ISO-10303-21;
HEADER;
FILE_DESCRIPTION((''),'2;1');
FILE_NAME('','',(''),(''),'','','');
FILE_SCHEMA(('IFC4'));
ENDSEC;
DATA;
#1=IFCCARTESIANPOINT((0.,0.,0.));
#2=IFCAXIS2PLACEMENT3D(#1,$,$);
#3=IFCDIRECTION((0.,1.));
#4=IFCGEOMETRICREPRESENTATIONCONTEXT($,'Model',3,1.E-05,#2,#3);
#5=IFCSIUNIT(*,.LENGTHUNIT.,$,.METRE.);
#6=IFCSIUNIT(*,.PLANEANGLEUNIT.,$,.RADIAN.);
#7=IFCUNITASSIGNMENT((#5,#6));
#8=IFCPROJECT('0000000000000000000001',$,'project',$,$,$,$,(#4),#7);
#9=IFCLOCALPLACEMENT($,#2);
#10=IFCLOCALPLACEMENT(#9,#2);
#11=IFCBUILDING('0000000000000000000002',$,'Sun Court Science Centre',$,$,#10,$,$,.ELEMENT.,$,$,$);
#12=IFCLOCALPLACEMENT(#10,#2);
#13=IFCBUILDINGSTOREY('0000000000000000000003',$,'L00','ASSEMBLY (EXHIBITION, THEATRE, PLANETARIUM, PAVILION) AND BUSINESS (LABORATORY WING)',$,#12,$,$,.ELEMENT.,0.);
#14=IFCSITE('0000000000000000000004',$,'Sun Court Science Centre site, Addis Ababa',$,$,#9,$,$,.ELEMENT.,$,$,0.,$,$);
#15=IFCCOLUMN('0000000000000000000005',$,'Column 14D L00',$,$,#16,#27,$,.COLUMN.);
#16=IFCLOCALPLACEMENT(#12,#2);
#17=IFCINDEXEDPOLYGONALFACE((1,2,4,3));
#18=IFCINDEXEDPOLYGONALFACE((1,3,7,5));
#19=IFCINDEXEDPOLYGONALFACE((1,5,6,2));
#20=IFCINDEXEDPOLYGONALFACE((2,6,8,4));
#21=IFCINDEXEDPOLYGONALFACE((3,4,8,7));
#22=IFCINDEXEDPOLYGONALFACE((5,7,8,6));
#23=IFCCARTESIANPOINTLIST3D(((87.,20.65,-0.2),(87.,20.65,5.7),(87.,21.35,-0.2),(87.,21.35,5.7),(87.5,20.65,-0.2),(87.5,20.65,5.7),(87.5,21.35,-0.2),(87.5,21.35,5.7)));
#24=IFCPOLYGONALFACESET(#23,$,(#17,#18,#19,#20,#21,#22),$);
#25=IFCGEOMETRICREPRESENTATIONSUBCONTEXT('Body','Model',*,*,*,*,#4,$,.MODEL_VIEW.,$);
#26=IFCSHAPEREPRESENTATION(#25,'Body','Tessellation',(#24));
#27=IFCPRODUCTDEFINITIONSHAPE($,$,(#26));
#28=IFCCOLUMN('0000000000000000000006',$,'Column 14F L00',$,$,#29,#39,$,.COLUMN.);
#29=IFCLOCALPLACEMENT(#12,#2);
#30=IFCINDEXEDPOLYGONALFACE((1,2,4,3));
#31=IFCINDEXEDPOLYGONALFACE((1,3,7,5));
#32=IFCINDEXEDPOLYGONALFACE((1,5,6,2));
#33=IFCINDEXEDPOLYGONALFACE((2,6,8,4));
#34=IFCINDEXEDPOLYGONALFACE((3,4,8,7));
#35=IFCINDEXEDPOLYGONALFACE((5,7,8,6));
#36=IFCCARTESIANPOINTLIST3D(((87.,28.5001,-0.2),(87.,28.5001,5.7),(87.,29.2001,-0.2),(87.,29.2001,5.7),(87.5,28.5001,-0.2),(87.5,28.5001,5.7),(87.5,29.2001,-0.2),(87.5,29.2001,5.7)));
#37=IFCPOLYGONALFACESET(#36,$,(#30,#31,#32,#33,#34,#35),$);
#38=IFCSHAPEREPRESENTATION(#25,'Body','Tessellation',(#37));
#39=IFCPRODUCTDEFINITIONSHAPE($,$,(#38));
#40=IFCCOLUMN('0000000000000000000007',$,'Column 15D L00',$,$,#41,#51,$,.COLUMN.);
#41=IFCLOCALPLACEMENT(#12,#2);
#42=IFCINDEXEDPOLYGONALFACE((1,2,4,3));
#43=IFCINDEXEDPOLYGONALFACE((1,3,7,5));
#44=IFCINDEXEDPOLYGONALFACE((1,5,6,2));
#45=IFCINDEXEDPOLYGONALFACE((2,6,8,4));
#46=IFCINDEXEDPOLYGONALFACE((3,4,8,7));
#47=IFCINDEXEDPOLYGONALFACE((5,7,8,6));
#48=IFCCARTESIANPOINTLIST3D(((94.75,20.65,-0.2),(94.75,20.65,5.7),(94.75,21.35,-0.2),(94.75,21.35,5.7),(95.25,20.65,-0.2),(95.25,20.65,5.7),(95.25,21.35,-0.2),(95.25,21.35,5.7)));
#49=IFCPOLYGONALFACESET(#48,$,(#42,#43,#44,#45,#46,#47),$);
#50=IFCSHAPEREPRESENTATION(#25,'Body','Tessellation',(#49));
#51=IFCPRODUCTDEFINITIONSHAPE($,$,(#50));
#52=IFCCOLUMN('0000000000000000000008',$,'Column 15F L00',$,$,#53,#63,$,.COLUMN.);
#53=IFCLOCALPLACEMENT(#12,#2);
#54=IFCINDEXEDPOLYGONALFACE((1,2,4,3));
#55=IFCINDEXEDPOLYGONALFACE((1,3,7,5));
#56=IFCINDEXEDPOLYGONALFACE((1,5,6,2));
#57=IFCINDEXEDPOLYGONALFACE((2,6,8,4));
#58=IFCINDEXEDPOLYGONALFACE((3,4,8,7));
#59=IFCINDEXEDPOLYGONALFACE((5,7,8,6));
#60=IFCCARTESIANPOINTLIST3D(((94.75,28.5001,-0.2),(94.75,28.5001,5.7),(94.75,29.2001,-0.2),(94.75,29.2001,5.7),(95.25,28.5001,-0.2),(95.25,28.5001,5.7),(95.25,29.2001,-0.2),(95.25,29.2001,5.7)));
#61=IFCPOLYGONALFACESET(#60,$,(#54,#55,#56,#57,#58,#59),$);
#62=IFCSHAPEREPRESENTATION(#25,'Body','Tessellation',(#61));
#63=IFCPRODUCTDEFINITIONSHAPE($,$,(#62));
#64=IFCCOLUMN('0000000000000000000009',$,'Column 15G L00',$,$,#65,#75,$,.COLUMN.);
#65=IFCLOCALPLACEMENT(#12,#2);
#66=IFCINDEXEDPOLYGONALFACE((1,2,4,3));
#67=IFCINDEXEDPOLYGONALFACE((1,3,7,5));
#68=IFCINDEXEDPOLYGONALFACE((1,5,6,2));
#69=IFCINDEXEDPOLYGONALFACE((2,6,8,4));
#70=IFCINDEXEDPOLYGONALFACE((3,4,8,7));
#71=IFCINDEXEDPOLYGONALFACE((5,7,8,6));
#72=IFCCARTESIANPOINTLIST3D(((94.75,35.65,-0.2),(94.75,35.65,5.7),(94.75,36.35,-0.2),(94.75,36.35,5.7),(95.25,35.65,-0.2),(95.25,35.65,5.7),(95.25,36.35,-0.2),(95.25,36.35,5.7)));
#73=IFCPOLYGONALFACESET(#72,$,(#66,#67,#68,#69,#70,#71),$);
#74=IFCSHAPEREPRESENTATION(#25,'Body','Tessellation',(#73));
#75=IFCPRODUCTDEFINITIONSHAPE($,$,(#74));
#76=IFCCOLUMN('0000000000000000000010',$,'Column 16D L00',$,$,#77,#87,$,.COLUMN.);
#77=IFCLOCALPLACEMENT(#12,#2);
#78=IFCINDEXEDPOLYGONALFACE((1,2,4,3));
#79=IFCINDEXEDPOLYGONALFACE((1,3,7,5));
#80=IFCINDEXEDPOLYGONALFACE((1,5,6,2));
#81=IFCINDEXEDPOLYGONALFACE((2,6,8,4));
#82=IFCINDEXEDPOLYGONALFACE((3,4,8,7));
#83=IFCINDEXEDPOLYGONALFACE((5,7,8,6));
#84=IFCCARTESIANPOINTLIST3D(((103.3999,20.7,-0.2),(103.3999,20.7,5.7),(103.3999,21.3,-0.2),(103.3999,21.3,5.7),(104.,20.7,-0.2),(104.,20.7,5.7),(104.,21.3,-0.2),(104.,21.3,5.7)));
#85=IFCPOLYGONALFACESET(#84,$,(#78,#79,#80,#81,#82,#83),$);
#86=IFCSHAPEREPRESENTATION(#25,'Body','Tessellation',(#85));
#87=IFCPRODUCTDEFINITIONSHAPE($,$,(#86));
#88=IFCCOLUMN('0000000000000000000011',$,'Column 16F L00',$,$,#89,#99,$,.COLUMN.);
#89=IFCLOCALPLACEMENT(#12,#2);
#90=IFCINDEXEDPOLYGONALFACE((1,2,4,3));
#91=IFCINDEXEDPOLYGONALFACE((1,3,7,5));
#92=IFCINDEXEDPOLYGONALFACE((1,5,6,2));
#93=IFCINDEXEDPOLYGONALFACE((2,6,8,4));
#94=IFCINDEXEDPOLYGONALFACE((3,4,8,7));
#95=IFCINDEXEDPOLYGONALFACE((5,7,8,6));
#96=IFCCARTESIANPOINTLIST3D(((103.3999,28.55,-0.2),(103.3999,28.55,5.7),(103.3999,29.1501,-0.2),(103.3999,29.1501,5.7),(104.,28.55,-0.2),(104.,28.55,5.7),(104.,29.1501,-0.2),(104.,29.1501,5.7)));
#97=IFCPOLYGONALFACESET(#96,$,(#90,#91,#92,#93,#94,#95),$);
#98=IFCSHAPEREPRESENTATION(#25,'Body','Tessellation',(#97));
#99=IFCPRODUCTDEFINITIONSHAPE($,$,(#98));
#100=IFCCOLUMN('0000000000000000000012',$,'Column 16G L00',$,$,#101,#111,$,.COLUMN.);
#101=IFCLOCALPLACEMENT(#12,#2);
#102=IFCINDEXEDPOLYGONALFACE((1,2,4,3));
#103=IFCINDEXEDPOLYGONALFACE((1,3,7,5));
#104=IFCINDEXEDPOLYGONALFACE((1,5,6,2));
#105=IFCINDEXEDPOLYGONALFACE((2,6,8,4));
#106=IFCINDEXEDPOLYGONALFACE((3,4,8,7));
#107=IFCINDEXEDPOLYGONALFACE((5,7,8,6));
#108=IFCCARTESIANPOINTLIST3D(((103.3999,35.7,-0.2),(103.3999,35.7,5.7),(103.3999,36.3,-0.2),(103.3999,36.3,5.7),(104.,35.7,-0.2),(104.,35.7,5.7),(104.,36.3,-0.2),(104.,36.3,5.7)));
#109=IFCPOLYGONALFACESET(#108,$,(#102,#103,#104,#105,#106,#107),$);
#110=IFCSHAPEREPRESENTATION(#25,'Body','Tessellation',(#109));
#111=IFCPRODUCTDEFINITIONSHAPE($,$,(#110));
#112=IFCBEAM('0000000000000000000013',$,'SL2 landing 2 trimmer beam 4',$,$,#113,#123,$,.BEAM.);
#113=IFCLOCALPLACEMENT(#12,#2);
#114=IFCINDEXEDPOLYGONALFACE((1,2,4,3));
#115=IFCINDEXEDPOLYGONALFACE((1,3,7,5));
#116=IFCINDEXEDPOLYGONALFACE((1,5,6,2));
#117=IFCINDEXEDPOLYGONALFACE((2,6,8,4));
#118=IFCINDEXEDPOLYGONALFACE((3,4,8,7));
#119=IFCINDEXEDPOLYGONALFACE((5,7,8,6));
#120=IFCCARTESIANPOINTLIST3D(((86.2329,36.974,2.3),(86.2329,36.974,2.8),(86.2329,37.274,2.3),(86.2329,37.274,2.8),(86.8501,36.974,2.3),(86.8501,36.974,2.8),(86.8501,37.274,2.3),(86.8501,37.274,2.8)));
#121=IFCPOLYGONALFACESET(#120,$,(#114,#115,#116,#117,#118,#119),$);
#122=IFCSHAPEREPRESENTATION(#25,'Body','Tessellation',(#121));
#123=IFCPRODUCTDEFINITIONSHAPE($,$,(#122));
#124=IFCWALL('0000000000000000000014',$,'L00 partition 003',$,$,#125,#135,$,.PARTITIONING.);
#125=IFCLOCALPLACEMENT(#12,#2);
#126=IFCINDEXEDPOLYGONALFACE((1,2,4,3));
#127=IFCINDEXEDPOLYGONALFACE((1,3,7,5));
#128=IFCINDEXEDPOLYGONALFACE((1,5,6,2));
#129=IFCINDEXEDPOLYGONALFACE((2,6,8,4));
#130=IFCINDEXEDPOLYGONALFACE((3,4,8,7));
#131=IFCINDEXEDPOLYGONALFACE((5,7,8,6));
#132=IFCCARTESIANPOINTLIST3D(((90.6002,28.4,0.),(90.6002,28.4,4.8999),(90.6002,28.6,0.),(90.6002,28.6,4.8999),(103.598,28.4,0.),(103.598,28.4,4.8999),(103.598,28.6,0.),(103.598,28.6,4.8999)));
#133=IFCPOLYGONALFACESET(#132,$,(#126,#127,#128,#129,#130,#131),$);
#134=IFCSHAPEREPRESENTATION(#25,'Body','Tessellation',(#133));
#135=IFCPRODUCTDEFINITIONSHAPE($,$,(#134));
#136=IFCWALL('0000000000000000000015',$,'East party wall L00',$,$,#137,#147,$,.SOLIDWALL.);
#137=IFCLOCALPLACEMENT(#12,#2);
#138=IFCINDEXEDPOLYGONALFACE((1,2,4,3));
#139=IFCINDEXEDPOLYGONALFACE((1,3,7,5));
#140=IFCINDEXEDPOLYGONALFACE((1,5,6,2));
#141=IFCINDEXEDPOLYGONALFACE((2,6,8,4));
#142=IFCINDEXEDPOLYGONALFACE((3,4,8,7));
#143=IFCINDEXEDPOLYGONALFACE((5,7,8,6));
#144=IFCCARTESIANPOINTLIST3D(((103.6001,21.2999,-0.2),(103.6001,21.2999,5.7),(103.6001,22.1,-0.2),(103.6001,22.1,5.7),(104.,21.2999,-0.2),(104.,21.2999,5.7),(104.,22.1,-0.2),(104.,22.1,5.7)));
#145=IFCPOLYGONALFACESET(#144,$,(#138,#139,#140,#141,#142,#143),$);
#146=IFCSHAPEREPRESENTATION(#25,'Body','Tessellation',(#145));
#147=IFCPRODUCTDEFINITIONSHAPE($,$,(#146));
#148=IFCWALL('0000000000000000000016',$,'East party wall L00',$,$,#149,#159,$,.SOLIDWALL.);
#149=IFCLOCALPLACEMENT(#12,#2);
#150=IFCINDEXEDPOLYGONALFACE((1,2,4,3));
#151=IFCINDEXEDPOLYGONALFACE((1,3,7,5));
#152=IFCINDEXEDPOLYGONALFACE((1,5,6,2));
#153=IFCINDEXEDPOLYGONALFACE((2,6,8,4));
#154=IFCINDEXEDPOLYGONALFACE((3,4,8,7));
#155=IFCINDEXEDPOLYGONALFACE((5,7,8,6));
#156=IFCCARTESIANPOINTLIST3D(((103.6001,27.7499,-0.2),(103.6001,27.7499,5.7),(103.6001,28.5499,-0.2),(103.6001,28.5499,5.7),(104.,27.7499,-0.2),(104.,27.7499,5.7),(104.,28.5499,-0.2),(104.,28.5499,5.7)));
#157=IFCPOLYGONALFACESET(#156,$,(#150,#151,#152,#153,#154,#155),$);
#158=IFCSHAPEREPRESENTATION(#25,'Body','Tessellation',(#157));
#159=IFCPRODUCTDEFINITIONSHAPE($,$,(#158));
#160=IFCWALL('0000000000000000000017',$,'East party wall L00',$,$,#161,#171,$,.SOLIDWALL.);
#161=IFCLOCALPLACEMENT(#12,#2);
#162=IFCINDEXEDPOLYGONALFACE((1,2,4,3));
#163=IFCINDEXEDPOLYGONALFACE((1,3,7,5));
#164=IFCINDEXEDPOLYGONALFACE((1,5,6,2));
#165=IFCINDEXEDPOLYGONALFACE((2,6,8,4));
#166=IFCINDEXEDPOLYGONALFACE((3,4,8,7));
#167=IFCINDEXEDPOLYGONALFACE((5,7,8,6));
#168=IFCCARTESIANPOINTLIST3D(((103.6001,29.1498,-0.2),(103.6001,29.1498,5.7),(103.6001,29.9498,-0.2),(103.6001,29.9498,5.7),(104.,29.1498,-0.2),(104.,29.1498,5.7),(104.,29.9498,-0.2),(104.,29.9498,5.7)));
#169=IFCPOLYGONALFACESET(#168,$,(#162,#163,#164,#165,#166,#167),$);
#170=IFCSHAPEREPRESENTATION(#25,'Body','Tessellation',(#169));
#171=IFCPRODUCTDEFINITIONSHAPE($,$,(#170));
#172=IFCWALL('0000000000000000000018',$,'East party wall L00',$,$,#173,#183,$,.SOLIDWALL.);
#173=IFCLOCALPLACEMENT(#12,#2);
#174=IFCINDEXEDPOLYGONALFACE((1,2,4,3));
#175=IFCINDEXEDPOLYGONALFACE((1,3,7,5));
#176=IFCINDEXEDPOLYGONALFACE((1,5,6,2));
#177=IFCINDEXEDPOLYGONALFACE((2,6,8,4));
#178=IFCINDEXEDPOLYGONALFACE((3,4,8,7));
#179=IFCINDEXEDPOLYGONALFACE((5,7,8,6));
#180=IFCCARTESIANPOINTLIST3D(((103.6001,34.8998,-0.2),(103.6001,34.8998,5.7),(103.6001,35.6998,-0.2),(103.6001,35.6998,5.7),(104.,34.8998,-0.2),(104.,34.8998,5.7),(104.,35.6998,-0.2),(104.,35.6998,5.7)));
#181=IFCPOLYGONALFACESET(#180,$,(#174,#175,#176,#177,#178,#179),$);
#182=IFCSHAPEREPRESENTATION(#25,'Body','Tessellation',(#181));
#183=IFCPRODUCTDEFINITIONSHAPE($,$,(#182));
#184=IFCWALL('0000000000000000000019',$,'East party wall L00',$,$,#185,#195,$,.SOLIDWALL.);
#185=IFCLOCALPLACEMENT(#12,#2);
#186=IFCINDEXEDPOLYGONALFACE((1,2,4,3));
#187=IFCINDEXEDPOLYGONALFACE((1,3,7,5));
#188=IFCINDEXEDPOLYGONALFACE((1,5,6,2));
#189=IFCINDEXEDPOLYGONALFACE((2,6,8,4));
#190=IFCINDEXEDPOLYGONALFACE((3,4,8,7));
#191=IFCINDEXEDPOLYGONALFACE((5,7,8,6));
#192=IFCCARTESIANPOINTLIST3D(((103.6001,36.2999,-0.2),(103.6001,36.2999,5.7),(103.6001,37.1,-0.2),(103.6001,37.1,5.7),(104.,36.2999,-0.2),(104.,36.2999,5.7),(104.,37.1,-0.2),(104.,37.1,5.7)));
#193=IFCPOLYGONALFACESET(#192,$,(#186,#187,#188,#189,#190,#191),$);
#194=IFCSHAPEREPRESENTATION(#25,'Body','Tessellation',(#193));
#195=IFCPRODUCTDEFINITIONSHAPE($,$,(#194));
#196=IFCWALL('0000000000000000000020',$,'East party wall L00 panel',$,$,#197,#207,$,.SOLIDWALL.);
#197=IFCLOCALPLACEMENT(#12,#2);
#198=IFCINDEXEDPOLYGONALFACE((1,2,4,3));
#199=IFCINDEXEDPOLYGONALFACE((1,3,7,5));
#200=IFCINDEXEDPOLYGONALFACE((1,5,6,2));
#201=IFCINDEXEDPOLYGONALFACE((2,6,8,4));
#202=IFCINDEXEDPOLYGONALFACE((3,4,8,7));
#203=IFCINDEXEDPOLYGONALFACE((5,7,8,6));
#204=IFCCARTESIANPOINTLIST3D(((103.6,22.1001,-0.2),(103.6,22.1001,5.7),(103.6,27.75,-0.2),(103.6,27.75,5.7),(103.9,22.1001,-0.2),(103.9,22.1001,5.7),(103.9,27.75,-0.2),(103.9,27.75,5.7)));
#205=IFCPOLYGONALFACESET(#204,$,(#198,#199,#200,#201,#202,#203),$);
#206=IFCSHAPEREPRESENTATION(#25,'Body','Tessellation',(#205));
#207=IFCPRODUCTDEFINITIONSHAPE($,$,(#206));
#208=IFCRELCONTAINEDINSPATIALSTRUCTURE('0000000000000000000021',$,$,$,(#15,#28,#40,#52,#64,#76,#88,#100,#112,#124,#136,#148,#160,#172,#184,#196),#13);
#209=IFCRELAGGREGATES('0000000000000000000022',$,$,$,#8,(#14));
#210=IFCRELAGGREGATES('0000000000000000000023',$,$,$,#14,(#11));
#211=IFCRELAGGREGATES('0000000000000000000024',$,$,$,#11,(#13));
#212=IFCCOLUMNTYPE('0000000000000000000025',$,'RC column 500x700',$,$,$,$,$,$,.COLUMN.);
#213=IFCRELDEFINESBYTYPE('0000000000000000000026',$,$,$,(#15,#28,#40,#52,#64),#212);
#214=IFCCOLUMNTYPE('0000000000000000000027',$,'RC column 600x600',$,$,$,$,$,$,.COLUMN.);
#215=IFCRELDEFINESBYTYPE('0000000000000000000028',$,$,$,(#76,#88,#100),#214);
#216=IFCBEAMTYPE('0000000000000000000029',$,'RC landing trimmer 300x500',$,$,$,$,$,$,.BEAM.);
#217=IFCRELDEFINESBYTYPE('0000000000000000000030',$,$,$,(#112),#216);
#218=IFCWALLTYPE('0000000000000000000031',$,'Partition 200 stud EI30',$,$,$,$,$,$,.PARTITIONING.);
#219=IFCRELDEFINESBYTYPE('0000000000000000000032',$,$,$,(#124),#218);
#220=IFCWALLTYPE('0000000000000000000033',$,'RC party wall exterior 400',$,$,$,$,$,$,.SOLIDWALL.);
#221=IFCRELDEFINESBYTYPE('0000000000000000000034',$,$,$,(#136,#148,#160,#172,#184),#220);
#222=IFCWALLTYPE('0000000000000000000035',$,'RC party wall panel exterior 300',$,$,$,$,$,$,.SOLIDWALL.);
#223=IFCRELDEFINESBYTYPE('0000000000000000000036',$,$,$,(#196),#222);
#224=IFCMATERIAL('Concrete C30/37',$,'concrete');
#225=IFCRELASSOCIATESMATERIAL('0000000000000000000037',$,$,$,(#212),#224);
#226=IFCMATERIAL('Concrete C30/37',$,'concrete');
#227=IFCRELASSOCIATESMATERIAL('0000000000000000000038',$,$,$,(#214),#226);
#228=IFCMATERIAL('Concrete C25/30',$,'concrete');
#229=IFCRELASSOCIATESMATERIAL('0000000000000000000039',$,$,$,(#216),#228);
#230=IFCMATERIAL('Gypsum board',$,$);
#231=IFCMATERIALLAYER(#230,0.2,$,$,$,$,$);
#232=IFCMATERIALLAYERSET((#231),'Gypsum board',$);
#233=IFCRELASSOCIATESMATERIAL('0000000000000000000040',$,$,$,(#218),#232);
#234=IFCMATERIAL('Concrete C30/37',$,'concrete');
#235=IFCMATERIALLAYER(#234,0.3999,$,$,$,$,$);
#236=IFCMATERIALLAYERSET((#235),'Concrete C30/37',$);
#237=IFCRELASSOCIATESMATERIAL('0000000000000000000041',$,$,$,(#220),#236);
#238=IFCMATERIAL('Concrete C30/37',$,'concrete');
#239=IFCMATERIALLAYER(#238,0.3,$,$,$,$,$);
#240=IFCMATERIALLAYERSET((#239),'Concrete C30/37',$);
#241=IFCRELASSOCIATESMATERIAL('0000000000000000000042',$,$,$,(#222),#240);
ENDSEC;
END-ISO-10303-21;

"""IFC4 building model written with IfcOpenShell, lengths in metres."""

from ifc_helpers import new_model, si_unit, direction, frame, frame_2d, origin, origin_2d, place, context, subcontext, project, spatial, rectangle, extrude, material, layer, layer_set, material_profile, profile_set, type_object, element, save


model = new_model("IFC4")

# Units and contexts
model_context = context("Model", 3, precision=1e-05, world=origin(), true_north=direction((0.0, 1.0)))
body_context = subcontext(model_context, "Body", "Model", "MODEL_VIEW")
ifc_project = project(units=[si_unit("LENGTHUNIT", "METRE"), si_unit("PLANEANGLEUNIT", "RADIAN")], contexts=[model_context])

# Site, building, storey
site_placement = place(None, origin())
site = spatial("IfcSite", under=ifc_project, at=site_placement, Name="Sun Court Science Centre site, Addis Ababa", CompositionType="ELEMENT", RefElevation=0.0)
building_placement = place(site_placement, origin())
building = spatial("IfcBuilding", under=site, at=building_placement, Name="Sun Court Science Centre", CompositionType="ELEMENT")
storey_placement = place(building_placement, origin())
storey = spatial("IfcBuildingStorey", under=building, at=storey_placement, Name="L00", Description="ASSEMBLY (EXHIBITION, THEATRE, PLANETARIUM, PAVILION) AND BUSINESS (LABORATORY WING)", CompositionType="ELEMENT", Elevation=0.0)

# Columns
ifc_material_1 = material(Name="Concrete C30/37", Category="concrete")
ifc_material_profile_1 = material_profile(ifc_material_1, rectangle(XDim=0.5, YDim=0.7, at=origin_2d()), Name="RC 500x700")
ifc_profile_set_1 = profile_set([ifc_material_profile_1], Name="Concrete C30/37")
column_type_1 = type_object("IfcColumnType", Name="RC column 500x700", PredefinedType="COLUMN", material=ifc_profile_set_1)
for number, where, z_axis, x_axis, name in (
    (1, (87.25, 21.0, -0.2), (0.0, 0.0, 1.0), (1.0, 0.0, 0.0), "Column 14D L00"),
    (2, (87.25, 28.8501, -0.2), (0.0, 0.0, 1.0), (1.0, 0.0, 0.0), "Column 14F L00"),
    (3, (95.0, 21.0, -0.2), (0.0, 0.0, 1.0), (1.0, 0.0, 0.0), "Column 15D L00"),
    (4, (95.0, 28.8501, -0.2), (0.0, 0.0, 1.0), (1.0, 0.0, 0.0), "Column 15F L00"),
    (5, (95.0, 36.0, -0.2), (0.0, 0.0, 1.0), (1.0, 0.0, 0.0), "Column 15G L00"),
):
    element("IfcColumn", number, at=place(storey_placement, frame(where, z_axis=z_axis, x_axis=x_axis)), inside=storey, type_object=column_type_1, Name=name, PredefinedType="COLUMN", context=body_context, shape_type="SweptSolid", body=[
        extrude(rectangle(XDim=0.5, YDim=0.7, at=origin_2d()), origin(), (0.0, 0.0, 1.0), 5.8999),
    ])
ifc_material_2 = material(Name="Concrete C30/37", Category="concrete")
ifc_material_profile_2 = material_profile(ifc_material_2, rectangle(XDim=0.6001, YDim=0.6001, at=origin_2d()), Name="RC 600x600")
ifc_profile_set_2 = profile_set([ifc_material_profile_2], Name="Concrete C30/37")
column_type_2 = type_object("IfcColumnType", Name="RC column 600x600", PredefinedType="COLUMN", material=ifc_profile_set_2)
for number, where, z_axis, x_axis, name in (
    (6, (103.7, 21.0, -0.2), (0.0, 0.0, 1.0), (1.0, 0.0, 0.0), "Column 16D L00"),
    (7, (103.7, 28.8501, -0.2), (0.0, 0.0, 1.0), (1.0, 0.0, 0.0), "Column 16F L00"),
    (8, (103.7, 36.0, -0.2), (0.0, 0.0, 1.0), (1.0, 0.0, 0.0), "Column 16G L00"),
):
    element("IfcColumn", number, at=place(storey_placement, frame(where, z_axis=z_axis, x_axis=x_axis)), inside=storey, type_object=column_type_2, Name=name, PredefinedType="COLUMN", context=body_context, shape_type="SweptSolid", body=[
        extrude(rectangle(XDim=0.6001, YDim=0.6001, at=origin_2d()), origin(), (0.0, 0.0, 1.0), 5.8999),
    ])

# Beam
ifc_material_3 = material(Name="Concrete C25/30", Category="concrete")
ifc_material_profile_3 = material_profile(ifc_material_3, rectangle(XDim=0.3, YDim=0.5, at=origin_2d()), Name="RC 300x500")
ifc_profile_set_3 = profile_set([ifc_material_profile_3], Name="Concrete C25/30")
beam_type = type_object("IfcBeamType", Name="RC landing trimmer 300x500", PredefinedType="BEAM", material=ifc_profile_set_3)
beam_placement = place(storey_placement, frame((86.8501, 37.124, 2.55), z_axis=(-1.0, 0.0, 0.0), x_axis=(0.0, -1.0, 0.0)))
element("IfcBeam", 9, at=beam_placement, inside=storey, type_object=beam_type, Name="SL2 landing 2 trimmer beam 4", PredefinedType="BEAM", context=body_context, shape_type="SweptSolid", body=[
    extrude(rectangle(XDim=0.3, YDim=0.5, at=origin_2d()), origin(), (0.0, 0.0, 1.0), 0.6172),
])

# Walls
ifc_material_4 = material(Name="Gypsum board")
ifc_layer_1 = layer(ifc_material_4, 0.2)
ifc_layer_set_1 = layer_set([ifc_layer_1], Name="Gypsum board")
wall_type_1 = type_object("IfcWallType", Name="Partition 200 stud EI30", PredefinedType="PARTITIONING", material=ifc_layer_set_1)
wall_1_placement = place(storey_placement, frame((90.6001, 28.5, 0.0), z_axis=(0.0, 0.0, 1.0), x_axis=(1.0, 0.0, 0.0)))
element("IfcWall", 10, at=wall_1_placement, inside=storey, type_object=wall_type_1, Name="L00 partition 003", PredefinedType="PARTITIONING", context=body_context, shape_type="SweptSolid", body=[
    extrude(rectangle(XDim=12.9978, YDim=0.2, at=frame_2d((6.499, 0.0))), origin(), (0.0, 0.0, 1.0), 4.8999),
])
ifc_material_5 = material(Name="Concrete C30/37", Category="concrete")
ifc_layer_2 = layer(ifc_material_5, 0.3999)
ifc_layer_set_2 = layer_set([ifc_layer_2], Name="Concrete C30/37")
wall_type_2 = type_object("IfcWallType", Name="RC party wall exterior 400", PredefinedType="SOLIDWALL", material=ifc_layer_set_2)
for number, where, z_axis, x_axis, name in (
    (11, (103.8, 21.3, -0.2), (0.0, 0.0, 1.0), (0.0, 1.0, 0.0), "East party wall L00"),
    (12, (103.8, 27.75, -0.2), (0.0, 0.0, 1.0), (0.0, 1.0, 0.0), "East party wall L00"),
    (13, (103.8, 29.1499, -0.2), (0.0, 0.0, 1.0), (0.0, 1.0, 0.0), "East party wall L00"),
    (14, (103.8, 34.8999, -0.2), (0.0, 0.0, 1.0), (0.0, 1.0, 0.0), "East party wall L00"),
    (15, (103.8, 36.3, -0.2), (0.0, 0.0, 1.0), (0.0, 1.0, 0.0), "East party wall L00"),
):
    element("IfcWall", number, at=place(storey_placement, frame(where, z_axis=z_axis, x_axis=x_axis)), inside=storey, type_object=wall_type_2, Name=name, PredefinedType="SOLIDWALL", context=body_context, shape_type="SweptSolid", body=[
        extrude(rectangle(XDim=0.8, YDim=0.3999, at=frame_2d((0.3999, 0.0))), origin(), (0.0, 0.0, 1.0), 5.8999),
    ])
ifc_material_6 = material(Name="Concrete C30/37", Category="concrete")
ifc_layer_3 = layer(ifc_material_6, 0.3)
ifc_layer_set_3 = layer_set([ifc_layer_3], Name="Concrete C30/37")
wall_type_3 = type_object("IfcWallType", Name="RC party wall panel exterior 300", PredefinedType="SOLIDWALL", material=ifc_layer_set_3)
wall_2_placement = place(storey_placement, frame((103.75, 22.1001, -0.2), z_axis=(0.0, 0.0, 1.0), x_axis=(0.0, 1.0, 0.0)))
element("IfcWall", 16, at=wall_2_placement, inside=storey, type_object=wall_type_3, Name="East party wall L00 panel", PredefinedType="SOLIDWALL", context=body_context, shape_type="SweptSolid", body=[
    extrude(rectangle(XDim=5.6499, YDim=0.3, at=frame_2d((2.825, 0.0))), origin(), (0.0, 0.0, 1.0), 5.8999),
])

save(model, "model.ifc")
